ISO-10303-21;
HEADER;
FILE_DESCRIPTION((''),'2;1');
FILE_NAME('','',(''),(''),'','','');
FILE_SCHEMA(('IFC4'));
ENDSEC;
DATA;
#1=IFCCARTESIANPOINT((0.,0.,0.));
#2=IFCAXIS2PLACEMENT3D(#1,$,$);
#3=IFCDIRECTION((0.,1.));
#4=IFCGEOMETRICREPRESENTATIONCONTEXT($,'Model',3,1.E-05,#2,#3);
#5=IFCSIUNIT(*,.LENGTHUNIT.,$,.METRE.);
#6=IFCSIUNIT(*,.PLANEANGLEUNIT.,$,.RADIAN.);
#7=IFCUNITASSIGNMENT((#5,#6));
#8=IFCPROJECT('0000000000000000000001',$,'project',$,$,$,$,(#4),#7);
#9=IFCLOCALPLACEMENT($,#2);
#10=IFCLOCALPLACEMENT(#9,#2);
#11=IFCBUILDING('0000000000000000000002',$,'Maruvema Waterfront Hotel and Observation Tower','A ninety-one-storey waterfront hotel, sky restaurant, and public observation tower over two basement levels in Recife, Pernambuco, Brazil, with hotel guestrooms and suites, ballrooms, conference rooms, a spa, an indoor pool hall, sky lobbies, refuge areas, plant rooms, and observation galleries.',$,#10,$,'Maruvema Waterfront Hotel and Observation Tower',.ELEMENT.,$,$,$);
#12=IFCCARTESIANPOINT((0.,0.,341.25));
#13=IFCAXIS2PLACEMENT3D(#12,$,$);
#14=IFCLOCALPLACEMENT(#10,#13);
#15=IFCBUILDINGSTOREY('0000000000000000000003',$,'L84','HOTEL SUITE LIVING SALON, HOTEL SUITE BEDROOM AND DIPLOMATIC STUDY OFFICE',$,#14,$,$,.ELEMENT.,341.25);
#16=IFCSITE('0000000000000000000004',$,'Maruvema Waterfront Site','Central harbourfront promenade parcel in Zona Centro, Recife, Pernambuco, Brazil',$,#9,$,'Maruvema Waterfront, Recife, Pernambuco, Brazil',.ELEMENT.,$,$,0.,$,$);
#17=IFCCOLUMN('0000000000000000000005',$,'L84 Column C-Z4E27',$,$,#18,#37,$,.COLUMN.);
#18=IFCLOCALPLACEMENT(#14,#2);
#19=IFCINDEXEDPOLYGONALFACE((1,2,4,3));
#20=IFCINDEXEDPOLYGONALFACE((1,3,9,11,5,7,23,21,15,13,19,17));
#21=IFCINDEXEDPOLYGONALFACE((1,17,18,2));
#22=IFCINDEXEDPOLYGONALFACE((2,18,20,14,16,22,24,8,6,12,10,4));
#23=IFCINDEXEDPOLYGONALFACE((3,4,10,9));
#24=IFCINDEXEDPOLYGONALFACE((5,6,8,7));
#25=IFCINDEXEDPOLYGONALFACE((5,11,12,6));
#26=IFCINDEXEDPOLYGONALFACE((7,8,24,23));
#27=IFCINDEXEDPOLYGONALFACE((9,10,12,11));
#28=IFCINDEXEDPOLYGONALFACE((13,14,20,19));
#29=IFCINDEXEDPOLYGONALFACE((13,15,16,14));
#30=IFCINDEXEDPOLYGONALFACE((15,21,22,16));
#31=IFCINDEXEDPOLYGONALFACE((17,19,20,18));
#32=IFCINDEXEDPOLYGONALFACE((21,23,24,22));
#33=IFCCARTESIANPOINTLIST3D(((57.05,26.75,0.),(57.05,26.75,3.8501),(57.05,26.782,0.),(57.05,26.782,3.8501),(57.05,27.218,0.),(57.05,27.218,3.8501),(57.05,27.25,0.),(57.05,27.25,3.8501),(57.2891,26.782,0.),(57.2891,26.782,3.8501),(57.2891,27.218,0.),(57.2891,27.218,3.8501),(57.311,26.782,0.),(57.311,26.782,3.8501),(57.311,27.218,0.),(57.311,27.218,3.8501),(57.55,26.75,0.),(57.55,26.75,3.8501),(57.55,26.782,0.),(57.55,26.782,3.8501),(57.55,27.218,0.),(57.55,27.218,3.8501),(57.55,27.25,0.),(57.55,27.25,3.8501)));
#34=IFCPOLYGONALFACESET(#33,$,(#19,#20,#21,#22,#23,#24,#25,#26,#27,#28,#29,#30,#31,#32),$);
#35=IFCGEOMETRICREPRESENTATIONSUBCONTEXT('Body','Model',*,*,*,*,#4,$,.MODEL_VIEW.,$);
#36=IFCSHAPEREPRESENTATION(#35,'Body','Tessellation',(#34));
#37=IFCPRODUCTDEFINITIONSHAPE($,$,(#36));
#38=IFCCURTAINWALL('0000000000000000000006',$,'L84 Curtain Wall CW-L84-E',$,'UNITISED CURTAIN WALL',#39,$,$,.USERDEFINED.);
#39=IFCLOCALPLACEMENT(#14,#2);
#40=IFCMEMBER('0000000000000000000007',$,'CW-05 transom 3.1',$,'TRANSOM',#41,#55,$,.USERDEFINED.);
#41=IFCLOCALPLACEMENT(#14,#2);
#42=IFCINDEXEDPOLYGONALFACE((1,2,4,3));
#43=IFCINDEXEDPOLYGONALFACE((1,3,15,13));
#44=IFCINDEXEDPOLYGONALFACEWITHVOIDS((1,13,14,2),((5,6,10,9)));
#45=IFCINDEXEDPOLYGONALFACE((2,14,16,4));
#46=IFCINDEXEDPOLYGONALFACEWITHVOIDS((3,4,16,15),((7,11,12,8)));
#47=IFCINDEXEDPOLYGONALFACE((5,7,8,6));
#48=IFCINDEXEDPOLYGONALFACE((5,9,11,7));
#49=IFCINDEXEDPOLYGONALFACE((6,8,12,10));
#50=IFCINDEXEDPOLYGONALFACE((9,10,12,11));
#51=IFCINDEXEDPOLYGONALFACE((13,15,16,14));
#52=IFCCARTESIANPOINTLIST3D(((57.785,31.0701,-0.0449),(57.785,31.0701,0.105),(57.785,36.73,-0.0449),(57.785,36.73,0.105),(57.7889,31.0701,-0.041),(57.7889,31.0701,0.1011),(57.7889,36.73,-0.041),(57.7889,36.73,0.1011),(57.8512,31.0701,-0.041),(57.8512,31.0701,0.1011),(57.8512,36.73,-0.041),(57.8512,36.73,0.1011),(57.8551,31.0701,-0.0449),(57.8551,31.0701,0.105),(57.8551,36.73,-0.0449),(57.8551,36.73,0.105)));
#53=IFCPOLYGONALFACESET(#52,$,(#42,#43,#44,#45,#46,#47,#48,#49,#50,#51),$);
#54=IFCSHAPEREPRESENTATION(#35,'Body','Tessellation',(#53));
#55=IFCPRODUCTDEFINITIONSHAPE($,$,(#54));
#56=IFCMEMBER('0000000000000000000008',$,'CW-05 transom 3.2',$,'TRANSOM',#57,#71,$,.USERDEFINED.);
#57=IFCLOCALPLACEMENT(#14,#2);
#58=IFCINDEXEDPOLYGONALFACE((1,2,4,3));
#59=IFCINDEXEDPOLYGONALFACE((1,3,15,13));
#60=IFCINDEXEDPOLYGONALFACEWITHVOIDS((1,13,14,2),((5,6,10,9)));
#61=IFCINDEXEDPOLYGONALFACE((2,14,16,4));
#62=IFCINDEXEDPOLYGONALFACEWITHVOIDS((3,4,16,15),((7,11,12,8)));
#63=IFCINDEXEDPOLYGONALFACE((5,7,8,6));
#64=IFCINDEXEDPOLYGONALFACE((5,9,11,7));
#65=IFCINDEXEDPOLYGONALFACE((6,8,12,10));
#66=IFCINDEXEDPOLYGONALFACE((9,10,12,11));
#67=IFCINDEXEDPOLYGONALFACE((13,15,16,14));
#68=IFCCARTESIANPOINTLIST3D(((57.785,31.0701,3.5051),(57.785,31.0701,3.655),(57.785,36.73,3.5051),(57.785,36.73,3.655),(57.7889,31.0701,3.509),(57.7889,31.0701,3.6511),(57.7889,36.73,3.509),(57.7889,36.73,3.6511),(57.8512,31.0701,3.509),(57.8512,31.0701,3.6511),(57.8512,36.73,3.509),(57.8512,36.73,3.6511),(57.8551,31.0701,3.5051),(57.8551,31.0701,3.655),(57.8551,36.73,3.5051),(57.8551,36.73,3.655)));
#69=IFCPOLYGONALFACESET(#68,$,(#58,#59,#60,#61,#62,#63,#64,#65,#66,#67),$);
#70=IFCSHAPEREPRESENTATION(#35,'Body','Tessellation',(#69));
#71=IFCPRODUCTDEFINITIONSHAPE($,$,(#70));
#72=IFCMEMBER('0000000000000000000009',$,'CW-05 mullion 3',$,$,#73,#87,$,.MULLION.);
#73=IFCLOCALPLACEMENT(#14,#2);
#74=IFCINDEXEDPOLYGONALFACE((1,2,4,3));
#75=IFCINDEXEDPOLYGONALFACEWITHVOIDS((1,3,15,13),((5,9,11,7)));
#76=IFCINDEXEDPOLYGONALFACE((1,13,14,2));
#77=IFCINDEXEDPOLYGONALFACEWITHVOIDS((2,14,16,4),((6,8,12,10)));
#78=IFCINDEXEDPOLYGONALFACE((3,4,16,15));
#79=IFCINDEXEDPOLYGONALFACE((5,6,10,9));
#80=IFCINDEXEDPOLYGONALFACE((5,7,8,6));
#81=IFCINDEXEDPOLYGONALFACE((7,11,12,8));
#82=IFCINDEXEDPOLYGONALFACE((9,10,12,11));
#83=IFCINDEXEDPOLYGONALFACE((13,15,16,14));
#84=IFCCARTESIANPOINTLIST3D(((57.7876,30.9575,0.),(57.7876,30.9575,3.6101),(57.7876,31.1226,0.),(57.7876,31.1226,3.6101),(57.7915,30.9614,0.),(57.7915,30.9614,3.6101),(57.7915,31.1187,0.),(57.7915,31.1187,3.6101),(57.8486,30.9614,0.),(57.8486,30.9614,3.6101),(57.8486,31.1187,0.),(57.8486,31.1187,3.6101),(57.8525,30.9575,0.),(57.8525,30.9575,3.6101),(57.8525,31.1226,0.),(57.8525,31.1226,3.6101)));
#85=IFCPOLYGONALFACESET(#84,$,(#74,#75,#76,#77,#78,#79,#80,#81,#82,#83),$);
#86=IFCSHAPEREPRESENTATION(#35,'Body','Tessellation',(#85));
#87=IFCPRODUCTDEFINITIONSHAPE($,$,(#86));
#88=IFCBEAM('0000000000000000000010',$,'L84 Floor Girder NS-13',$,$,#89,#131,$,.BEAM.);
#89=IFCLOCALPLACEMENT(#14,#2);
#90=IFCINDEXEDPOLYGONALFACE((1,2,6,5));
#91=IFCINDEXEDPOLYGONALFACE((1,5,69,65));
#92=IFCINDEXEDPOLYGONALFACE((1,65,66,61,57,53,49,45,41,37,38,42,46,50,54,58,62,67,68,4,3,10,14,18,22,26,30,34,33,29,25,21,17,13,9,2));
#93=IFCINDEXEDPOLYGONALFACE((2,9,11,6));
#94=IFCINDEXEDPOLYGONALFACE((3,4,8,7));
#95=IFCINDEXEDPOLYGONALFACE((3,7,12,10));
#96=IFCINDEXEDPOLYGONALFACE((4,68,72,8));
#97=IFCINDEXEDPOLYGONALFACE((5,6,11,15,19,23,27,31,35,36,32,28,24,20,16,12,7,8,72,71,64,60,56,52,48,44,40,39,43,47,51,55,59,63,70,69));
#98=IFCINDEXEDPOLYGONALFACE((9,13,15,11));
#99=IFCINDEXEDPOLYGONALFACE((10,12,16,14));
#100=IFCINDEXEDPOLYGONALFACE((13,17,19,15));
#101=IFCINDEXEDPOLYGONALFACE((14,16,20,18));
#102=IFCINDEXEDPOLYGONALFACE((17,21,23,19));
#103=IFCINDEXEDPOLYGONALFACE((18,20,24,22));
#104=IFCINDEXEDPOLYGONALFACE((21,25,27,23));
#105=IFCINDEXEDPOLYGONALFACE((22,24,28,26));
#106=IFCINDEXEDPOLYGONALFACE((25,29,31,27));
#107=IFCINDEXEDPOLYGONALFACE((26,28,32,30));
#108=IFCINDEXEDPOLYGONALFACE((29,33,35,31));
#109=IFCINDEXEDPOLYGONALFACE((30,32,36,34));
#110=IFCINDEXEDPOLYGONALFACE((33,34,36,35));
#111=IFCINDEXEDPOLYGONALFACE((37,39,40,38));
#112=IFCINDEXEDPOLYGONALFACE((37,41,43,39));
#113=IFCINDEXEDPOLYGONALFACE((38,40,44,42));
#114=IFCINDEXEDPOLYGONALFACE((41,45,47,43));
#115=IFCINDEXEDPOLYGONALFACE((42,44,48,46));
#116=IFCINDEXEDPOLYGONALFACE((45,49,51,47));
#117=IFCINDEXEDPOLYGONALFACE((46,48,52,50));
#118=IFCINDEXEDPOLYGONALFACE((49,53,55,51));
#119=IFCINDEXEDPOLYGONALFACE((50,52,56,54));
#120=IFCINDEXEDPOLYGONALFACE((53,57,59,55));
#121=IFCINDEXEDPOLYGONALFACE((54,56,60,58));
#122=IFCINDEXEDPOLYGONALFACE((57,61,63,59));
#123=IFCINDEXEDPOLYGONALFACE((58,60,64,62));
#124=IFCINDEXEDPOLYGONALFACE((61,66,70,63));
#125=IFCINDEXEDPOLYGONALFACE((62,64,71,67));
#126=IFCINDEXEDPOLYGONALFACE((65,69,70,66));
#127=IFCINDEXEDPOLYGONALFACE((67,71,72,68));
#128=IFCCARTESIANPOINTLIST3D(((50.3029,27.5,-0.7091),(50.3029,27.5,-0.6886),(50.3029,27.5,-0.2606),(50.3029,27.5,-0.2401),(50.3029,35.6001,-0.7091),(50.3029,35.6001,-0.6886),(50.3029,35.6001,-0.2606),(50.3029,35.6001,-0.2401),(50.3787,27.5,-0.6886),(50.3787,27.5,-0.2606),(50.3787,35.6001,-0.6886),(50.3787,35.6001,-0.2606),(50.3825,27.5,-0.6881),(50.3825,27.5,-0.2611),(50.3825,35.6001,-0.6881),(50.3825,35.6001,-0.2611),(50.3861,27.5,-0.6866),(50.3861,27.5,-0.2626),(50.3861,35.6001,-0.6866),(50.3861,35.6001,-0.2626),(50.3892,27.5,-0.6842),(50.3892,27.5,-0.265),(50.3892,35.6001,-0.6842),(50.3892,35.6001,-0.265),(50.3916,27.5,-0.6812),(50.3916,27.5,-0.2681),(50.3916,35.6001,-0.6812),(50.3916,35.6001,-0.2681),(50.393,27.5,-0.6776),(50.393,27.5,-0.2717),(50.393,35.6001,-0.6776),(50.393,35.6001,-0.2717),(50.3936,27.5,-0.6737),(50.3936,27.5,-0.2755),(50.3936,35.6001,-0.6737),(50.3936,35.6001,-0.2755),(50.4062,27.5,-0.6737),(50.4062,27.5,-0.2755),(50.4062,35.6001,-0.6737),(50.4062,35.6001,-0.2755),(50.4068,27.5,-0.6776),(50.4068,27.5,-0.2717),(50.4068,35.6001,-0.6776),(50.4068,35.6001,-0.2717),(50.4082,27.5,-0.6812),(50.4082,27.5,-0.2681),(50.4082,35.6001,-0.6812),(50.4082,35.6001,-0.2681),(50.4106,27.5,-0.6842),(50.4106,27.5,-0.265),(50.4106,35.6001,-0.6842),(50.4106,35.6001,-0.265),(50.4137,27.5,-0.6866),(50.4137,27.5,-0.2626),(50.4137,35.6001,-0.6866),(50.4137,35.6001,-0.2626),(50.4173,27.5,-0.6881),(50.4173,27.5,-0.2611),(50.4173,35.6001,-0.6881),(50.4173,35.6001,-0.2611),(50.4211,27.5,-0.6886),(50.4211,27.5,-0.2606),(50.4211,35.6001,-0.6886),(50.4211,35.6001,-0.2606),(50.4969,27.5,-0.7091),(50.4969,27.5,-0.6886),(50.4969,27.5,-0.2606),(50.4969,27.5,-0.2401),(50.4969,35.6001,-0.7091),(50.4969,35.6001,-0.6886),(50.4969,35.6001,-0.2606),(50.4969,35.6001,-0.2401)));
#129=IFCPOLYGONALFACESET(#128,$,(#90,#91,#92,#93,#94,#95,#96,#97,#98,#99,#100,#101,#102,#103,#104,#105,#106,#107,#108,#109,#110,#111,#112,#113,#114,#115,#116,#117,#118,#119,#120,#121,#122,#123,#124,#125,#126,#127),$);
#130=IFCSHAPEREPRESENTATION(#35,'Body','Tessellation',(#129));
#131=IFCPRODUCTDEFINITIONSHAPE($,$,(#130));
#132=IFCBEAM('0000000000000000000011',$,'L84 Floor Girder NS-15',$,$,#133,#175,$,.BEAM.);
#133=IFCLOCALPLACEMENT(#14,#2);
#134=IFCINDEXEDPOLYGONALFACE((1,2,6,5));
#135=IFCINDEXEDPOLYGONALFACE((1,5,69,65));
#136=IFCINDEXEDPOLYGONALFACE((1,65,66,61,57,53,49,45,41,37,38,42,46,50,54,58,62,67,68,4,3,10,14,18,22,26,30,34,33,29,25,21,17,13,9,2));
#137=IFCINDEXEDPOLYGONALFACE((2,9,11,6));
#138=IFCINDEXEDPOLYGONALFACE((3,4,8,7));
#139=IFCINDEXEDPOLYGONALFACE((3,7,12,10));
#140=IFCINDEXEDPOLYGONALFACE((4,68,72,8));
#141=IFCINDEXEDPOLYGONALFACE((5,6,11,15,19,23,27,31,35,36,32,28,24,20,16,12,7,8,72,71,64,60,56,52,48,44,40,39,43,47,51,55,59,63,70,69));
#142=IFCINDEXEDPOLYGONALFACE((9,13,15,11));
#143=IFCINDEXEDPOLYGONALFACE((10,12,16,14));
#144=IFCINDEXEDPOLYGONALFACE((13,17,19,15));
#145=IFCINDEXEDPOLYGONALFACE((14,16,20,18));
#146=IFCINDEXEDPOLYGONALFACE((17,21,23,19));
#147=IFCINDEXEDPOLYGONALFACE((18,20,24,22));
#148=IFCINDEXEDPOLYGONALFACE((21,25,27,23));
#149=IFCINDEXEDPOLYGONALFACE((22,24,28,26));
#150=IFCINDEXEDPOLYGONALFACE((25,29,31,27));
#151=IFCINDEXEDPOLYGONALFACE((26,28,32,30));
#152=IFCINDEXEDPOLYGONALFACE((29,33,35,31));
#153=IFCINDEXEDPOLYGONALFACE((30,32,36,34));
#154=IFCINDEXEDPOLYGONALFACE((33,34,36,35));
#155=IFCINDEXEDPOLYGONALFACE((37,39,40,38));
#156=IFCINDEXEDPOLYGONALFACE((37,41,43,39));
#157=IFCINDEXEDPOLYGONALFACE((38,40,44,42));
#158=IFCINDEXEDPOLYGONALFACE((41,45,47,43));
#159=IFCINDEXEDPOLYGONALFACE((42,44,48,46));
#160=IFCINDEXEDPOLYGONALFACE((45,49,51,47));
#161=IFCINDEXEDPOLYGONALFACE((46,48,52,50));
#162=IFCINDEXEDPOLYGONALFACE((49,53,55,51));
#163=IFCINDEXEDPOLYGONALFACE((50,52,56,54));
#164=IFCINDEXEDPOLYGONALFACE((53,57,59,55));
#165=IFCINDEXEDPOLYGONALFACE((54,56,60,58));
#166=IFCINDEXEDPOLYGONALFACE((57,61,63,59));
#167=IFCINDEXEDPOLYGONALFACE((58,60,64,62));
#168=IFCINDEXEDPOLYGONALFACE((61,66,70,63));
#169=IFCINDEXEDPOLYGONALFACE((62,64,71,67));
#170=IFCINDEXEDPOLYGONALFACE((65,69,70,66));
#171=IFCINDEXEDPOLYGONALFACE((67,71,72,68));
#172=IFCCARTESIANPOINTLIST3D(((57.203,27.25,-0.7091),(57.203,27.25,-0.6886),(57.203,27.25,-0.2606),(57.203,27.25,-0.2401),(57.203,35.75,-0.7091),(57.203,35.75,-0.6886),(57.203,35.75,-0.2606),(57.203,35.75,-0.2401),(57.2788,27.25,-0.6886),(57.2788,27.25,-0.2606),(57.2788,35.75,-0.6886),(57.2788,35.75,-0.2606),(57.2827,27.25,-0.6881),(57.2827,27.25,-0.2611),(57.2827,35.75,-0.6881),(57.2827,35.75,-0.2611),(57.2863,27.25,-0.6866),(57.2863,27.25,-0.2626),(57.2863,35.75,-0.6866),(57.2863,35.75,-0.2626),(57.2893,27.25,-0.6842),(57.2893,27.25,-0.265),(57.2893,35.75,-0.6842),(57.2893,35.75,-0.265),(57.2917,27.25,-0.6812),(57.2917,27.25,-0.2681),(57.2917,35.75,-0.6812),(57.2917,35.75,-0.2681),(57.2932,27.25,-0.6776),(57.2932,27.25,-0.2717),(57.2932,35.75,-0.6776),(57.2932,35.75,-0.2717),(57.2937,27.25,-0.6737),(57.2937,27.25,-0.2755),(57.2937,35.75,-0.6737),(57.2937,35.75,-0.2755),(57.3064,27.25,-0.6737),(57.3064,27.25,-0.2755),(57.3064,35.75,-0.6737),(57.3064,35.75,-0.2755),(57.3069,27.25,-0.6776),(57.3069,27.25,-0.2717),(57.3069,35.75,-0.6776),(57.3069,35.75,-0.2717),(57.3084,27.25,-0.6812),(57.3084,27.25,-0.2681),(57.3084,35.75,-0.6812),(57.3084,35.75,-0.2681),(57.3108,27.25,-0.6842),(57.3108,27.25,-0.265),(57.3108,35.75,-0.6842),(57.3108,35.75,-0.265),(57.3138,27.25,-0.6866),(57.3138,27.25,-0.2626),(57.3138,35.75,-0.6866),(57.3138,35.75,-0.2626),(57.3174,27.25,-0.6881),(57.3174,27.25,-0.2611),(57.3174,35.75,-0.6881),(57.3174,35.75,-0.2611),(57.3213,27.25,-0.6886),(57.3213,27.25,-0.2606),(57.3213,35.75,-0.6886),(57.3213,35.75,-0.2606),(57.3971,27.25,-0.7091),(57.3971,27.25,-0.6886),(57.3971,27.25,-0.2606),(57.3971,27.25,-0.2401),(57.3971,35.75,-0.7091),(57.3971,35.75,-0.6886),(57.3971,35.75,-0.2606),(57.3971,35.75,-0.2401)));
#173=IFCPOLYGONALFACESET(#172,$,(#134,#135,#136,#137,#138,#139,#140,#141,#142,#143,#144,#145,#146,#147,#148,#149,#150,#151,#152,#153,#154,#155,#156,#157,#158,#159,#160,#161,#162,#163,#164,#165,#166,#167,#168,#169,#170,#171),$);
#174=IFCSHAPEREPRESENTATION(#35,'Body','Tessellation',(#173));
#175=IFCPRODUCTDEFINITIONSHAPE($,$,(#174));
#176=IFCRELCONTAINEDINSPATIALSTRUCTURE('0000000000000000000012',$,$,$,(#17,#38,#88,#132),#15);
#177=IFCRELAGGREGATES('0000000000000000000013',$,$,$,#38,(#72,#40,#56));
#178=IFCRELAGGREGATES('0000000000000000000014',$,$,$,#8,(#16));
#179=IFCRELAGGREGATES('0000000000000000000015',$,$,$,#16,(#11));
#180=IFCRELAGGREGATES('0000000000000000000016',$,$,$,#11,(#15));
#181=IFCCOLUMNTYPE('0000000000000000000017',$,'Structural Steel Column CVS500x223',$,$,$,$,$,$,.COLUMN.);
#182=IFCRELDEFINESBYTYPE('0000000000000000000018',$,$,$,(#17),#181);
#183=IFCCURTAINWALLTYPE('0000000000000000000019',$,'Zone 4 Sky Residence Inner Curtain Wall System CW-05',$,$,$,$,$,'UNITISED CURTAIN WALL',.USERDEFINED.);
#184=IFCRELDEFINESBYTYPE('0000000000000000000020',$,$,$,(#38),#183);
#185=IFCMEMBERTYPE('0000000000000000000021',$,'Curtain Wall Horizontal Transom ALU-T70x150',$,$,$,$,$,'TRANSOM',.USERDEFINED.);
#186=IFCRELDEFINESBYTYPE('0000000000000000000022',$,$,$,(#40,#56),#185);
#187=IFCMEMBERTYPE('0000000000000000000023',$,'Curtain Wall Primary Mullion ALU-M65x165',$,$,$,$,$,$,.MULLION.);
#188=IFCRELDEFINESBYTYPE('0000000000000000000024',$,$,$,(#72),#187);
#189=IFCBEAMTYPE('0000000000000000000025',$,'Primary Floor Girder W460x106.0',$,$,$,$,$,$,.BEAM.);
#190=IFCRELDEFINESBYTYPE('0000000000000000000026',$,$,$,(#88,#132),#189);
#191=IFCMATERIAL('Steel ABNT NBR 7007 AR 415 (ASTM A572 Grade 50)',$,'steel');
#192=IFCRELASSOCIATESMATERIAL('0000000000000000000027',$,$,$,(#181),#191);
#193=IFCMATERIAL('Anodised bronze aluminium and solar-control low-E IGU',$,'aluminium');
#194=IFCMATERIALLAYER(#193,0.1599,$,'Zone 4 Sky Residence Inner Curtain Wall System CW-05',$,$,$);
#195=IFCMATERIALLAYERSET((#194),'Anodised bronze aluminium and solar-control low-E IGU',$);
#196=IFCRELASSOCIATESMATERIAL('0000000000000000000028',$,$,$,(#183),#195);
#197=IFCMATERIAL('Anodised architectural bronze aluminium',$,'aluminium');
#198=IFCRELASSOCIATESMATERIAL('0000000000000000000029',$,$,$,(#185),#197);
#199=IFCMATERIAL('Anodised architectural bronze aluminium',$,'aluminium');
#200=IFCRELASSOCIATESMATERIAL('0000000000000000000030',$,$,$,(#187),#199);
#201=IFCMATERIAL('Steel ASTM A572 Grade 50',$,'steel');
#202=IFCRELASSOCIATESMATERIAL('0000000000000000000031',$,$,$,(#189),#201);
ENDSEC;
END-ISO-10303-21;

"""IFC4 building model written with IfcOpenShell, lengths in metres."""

from ifc_helpers import new_model, si_unit, direction, frame, origin, origin_2d, place, context, subcontext, project, spatial, hollow_rectangle, i_section, extrude, material, layer, layer_set, material_profile, profile_set, type_object, element, aggregate, save


model = new_model("IFC4")

# Units and contexts
model_context = context("Model", 3, precision=1e-05, world=origin(), true_north=direction((0.0, 1.0)))
body_context = subcontext(model_context, "Body", "Model", "MODEL_VIEW")
ifc_project = project(units=[si_unit("LENGTHUNIT", "METRE"), si_unit("PLANEANGLEUNIT", "RADIAN")], contexts=[model_context])

# Site, building, storey
site_placement = place(None, origin())
site = spatial("IfcSite", under=ifc_project, at=site_placement, Name="Maruvema Waterfront Site", Description="Central harbourfront promenade parcel in Zona Centro, Recife, Pernambuco, Brazil", LongName="Maruvema Waterfront, Recife, Pernambuco, Brazil", CompositionType="ELEMENT", RefElevation=0.0)
building_placement = place(site_placement, origin())
building = spatial("IfcBuilding", under=site, at=building_placement, Name="Maruvema Waterfront Hotel and Observation Tower", Description="A ninety-one-storey waterfront hotel, sky restaurant, and public observation tower over two basement levels in Recife, Pernambuco, Brazil, with hotel guestrooms and suites, ballrooms, conference rooms, a spa, an indoor pool hall, sky lobbies, refuge areas, plant rooms, and observation galleries.", LongName="Maruvema Waterfront Hotel and Observation Tower", CompositionType="ELEMENT")
storey_placement = place(building_placement, frame((0.0, 0.0, 341.25)))
storey = spatial("IfcBuildingStorey", under=building, at=storey_placement, Name="L84", Description="HOTEL SUITE LIVING SALON, HOTEL SUITE BEDROOM AND DIPLOMATIC STUDY OFFICE", CompositionType="ELEMENT", Elevation=341.25)

# Column
ifc_material_1 = material(Name="Steel ABNT NBR 7007 AR 415 (ASTM A572 Grade 50)", Category="steel")
ifc_material_profile_1 = material_profile(ifc_material_1, i_section(OverallWidth=0.5, OverallDepth=0.5, WebThickness=0.022, FlangeThickness=0.032, at=origin_2d()), Name="CVS500x223")
ifc_profile_set_1 = profile_set([ifc_material_profile_1], Name="Steel ABNT NBR 7007 AR 415 (ASTM A572 Grade 50)")
column_type = type_object("IfcColumnType", Name="Structural Steel Column CVS500x223", PredefinedType="COLUMN", material=ifc_profile_set_1)
column_placement = place(storey_placement, frame((57.3, 27.0, 0.0), z_axis=(0.0, 0.0, 1.0), x_axis=(1.0, 0.0, 0.0)))
element("IfcColumn", 1, at=column_placement, inside=storey, type_object=column_type, Name="L84 Column C-Z4E27", PredefinedType="COLUMN", context=body_context, shape_type="SweptSolid", body=[
    extrude(i_section(OverallWidth=0.5, OverallDepth=0.5, WebThickness=0.022, FlangeThickness=0.032, at=origin_2d()), origin(), (0.0, 0.0, 1.0), 3.8501),
])

# Curtain wall, members
ifc_material_2 = material(Name="Anodised bronze aluminium and solar-control low-E IGU", Category="aluminium")
ifc_layer_1 = layer(ifc_material_2, 0.1599, Name="Zone 4 Sky Residence Inner Curtain Wall System CW-05")
ifc_layer_set_1 = layer_set([ifc_layer_1], Name="Anodised bronze aluminium and solar-control low-E IGU")
curtain_wall_type = type_object("IfcCurtainWallType", Name="Zone 4 Sky Residence Inner Curtain Wall System CW-05", ElementType="UNITISED CURTAIN WALL", PredefinedType="USERDEFINED", material=ifc_layer_set_1)
curtain_wall_placement = place(storey_placement, origin())
curtain_wall = element("IfcCurtainWall", 2, at=curtain_wall_placement, inside=storey, type_object=curtain_wall_type, Name="L84 Curtain Wall CW-L84-E", ObjectType="UNITISED CURTAIN WALL", PredefinedType="USERDEFINED")
ifc_material_3 = material(Name="Anodised architectural bronze aluminium", Category="aluminium")
ifc_material_profile_2 = material_profile(ifc_material_3, hollow_rectangle(XDim=0.0701, YDim=0.1499, WallThickness=0.0039, at=origin_2d()), Name="ALU-T70x150")
ifc_profile_set_2 = profile_set([ifc_material_profile_2], Name="Anodised architectural bronze aluminium")
member_type_1 = type_object("IfcMemberType", Name="Curtain Wall Horizontal Transom ALU-T70x150", ElementType="TRANSOM", PredefinedType="USERDEFINED", material=ifc_profile_set_2)
member_1_placement = place(storey_placement, frame((57.8201, 31.0701, 0.03), z_axis=(0.0, 1.0, 0.0), x_axis=(-1.0, 0.0, 0.0)))
member_1 = element("IfcMember", 3, at=member_1_placement, type_object=member_type_1, Name="CW-05 transom 3.1", ObjectType="TRANSOM", PredefinedType="USERDEFINED", context=body_context, shape_type="SweptSolid", body=[
    extrude(hollow_rectangle(XDim=0.0701, YDim=0.1499, WallThickness=0.0039, at=origin_2d()), origin(), (0.0, 0.0, 1.0), 5.6599),
])
member_2_placement = place(storey_placement, frame((57.8201, 31.0701, 3.5801), z_axis=(0.0, 1.0, 0.0), x_axis=(-1.0, 0.0, 0.0)))
member_2 = element("IfcMember", 4, at=member_2_placement, type_object=member_type_1, Name="CW-05 transom 3.2", ObjectType="TRANSOM", PredefinedType="USERDEFINED", context=body_context, shape_type="SweptSolid", body=[
    extrude(hollow_rectangle(XDim=0.0701, YDim=0.1499, WallThickness=0.0039, at=origin_2d()), origin(), (0.0, 0.0, 1.0), 5.6599),
])
ifc_material_4 = material(Name="Anodised architectural bronze aluminium", Category="aluminium")
ifc_material_profile_3 = material_profile(ifc_material_4, hollow_rectangle(XDim=0.0649, YDim=0.165, WallThickness=0.0039, at=origin_2d()), Name="ALU-M65x165")
ifc_profile_set_3 = profile_set([ifc_material_profile_3], Name="Anodised architectural bronze aluminium")
member_type_2 = type_object("IfcMemberType", Name="Curtain Wall Primary Mullion ALU-M65x165", PredefinedType="MULLION", material=ifc_profile_set_3)
member_3_placement = place(storey_placement, frame((57.8201, 31.04, 0.0), z_axis=(0.0, 0.0, 1.0), x_axis=(-1.0, 0.0, 0.0)))
member_3 = element("IfcMember", 5, at=member_3_placement, type_object=member_type_2, Name="CW-05 mullion 3", PredefinedType="MULLION", context=body_context, shape_type="SweptSolid", body=[
    extrude(hollow_rectangle(XDim=0.0649, YDim=0.165, WallThickness=0.0039, at=origin_2d()), origin(), (0.0, 0.0, 1.0), 3.6101),
])

# Beams
ifc_material_5 = material(Name="Steel ASTM A572 Grade 50", Category="steel")
ifc_material_profile_4 = material_profile(ifc_material_5, i_section(OverallWidth=0.1941, OverallDepth=0.469, WebThickness=0.0127, FlangeThickness=0.0205, FilletRadius=0.0149, at=origin_2d()), Name="W460x106.0")
ifc_profile_set_4 = profile_set([ifc_material_profile_4], Name="Steel ASTM A572 Grade 50")
beam_type_1 = type_object("IfcBeamType", Name="Primary Floor Girder W460x106.0", PredefinedType="BEAM", material=ifc_profile_set_4)
beam_1_placement = place(storey_placement, frame((50.3999, 27.5, -0.4746), z_axis=(0.0, 1.0, 0.0), x_axis=(-1.0, 0.0, 0.0)))
element("IfcBeam", 6, at=beam_1_placement, inside=storey, type_object=beam_type_1, Name="L84 Floor Girder NS-13", PredefinedType="BEAM", context=body_context, shape_type="SweptSolid", body=[
    extrude(i_section(OverallWidth=0.1941, OverallDepth=0.469, WebThickness=0.0127, FlangeThickness=0.0205, FilletRadius=0.0149, at=origin_2d()), origin(), (0.0, 0.0, 1.0), 8.1001),
])
beam_2_placement = place(storey_placement, frame((57.3, 27.25, -0.4746), z_axis=(0.0, 1.0, 0.0), x_axis=(-1.0, 0.0, 0.0)))
element("IfcBeam", 7, at=beam_2_placement, inside=storey, type_object=beam_type_1, Name="L84 Floor Girder NS-15", PredefinedType="BEAM", context=body_context, shape_type="SweptSolid", body=[
    extrude(i_section(OverallWidth=0.1941, OverallDepth=0.469, WebThickness=0.0127, FlangeThickness=0.0205, FilletRadius=0.0149, at=origin_2d()), origin(), (0.0, 0.0, 1.0), 8.5),
])

aggregate(curtain_wall, [member_3, member_1, member_2])

save(model, "model.ifc")
